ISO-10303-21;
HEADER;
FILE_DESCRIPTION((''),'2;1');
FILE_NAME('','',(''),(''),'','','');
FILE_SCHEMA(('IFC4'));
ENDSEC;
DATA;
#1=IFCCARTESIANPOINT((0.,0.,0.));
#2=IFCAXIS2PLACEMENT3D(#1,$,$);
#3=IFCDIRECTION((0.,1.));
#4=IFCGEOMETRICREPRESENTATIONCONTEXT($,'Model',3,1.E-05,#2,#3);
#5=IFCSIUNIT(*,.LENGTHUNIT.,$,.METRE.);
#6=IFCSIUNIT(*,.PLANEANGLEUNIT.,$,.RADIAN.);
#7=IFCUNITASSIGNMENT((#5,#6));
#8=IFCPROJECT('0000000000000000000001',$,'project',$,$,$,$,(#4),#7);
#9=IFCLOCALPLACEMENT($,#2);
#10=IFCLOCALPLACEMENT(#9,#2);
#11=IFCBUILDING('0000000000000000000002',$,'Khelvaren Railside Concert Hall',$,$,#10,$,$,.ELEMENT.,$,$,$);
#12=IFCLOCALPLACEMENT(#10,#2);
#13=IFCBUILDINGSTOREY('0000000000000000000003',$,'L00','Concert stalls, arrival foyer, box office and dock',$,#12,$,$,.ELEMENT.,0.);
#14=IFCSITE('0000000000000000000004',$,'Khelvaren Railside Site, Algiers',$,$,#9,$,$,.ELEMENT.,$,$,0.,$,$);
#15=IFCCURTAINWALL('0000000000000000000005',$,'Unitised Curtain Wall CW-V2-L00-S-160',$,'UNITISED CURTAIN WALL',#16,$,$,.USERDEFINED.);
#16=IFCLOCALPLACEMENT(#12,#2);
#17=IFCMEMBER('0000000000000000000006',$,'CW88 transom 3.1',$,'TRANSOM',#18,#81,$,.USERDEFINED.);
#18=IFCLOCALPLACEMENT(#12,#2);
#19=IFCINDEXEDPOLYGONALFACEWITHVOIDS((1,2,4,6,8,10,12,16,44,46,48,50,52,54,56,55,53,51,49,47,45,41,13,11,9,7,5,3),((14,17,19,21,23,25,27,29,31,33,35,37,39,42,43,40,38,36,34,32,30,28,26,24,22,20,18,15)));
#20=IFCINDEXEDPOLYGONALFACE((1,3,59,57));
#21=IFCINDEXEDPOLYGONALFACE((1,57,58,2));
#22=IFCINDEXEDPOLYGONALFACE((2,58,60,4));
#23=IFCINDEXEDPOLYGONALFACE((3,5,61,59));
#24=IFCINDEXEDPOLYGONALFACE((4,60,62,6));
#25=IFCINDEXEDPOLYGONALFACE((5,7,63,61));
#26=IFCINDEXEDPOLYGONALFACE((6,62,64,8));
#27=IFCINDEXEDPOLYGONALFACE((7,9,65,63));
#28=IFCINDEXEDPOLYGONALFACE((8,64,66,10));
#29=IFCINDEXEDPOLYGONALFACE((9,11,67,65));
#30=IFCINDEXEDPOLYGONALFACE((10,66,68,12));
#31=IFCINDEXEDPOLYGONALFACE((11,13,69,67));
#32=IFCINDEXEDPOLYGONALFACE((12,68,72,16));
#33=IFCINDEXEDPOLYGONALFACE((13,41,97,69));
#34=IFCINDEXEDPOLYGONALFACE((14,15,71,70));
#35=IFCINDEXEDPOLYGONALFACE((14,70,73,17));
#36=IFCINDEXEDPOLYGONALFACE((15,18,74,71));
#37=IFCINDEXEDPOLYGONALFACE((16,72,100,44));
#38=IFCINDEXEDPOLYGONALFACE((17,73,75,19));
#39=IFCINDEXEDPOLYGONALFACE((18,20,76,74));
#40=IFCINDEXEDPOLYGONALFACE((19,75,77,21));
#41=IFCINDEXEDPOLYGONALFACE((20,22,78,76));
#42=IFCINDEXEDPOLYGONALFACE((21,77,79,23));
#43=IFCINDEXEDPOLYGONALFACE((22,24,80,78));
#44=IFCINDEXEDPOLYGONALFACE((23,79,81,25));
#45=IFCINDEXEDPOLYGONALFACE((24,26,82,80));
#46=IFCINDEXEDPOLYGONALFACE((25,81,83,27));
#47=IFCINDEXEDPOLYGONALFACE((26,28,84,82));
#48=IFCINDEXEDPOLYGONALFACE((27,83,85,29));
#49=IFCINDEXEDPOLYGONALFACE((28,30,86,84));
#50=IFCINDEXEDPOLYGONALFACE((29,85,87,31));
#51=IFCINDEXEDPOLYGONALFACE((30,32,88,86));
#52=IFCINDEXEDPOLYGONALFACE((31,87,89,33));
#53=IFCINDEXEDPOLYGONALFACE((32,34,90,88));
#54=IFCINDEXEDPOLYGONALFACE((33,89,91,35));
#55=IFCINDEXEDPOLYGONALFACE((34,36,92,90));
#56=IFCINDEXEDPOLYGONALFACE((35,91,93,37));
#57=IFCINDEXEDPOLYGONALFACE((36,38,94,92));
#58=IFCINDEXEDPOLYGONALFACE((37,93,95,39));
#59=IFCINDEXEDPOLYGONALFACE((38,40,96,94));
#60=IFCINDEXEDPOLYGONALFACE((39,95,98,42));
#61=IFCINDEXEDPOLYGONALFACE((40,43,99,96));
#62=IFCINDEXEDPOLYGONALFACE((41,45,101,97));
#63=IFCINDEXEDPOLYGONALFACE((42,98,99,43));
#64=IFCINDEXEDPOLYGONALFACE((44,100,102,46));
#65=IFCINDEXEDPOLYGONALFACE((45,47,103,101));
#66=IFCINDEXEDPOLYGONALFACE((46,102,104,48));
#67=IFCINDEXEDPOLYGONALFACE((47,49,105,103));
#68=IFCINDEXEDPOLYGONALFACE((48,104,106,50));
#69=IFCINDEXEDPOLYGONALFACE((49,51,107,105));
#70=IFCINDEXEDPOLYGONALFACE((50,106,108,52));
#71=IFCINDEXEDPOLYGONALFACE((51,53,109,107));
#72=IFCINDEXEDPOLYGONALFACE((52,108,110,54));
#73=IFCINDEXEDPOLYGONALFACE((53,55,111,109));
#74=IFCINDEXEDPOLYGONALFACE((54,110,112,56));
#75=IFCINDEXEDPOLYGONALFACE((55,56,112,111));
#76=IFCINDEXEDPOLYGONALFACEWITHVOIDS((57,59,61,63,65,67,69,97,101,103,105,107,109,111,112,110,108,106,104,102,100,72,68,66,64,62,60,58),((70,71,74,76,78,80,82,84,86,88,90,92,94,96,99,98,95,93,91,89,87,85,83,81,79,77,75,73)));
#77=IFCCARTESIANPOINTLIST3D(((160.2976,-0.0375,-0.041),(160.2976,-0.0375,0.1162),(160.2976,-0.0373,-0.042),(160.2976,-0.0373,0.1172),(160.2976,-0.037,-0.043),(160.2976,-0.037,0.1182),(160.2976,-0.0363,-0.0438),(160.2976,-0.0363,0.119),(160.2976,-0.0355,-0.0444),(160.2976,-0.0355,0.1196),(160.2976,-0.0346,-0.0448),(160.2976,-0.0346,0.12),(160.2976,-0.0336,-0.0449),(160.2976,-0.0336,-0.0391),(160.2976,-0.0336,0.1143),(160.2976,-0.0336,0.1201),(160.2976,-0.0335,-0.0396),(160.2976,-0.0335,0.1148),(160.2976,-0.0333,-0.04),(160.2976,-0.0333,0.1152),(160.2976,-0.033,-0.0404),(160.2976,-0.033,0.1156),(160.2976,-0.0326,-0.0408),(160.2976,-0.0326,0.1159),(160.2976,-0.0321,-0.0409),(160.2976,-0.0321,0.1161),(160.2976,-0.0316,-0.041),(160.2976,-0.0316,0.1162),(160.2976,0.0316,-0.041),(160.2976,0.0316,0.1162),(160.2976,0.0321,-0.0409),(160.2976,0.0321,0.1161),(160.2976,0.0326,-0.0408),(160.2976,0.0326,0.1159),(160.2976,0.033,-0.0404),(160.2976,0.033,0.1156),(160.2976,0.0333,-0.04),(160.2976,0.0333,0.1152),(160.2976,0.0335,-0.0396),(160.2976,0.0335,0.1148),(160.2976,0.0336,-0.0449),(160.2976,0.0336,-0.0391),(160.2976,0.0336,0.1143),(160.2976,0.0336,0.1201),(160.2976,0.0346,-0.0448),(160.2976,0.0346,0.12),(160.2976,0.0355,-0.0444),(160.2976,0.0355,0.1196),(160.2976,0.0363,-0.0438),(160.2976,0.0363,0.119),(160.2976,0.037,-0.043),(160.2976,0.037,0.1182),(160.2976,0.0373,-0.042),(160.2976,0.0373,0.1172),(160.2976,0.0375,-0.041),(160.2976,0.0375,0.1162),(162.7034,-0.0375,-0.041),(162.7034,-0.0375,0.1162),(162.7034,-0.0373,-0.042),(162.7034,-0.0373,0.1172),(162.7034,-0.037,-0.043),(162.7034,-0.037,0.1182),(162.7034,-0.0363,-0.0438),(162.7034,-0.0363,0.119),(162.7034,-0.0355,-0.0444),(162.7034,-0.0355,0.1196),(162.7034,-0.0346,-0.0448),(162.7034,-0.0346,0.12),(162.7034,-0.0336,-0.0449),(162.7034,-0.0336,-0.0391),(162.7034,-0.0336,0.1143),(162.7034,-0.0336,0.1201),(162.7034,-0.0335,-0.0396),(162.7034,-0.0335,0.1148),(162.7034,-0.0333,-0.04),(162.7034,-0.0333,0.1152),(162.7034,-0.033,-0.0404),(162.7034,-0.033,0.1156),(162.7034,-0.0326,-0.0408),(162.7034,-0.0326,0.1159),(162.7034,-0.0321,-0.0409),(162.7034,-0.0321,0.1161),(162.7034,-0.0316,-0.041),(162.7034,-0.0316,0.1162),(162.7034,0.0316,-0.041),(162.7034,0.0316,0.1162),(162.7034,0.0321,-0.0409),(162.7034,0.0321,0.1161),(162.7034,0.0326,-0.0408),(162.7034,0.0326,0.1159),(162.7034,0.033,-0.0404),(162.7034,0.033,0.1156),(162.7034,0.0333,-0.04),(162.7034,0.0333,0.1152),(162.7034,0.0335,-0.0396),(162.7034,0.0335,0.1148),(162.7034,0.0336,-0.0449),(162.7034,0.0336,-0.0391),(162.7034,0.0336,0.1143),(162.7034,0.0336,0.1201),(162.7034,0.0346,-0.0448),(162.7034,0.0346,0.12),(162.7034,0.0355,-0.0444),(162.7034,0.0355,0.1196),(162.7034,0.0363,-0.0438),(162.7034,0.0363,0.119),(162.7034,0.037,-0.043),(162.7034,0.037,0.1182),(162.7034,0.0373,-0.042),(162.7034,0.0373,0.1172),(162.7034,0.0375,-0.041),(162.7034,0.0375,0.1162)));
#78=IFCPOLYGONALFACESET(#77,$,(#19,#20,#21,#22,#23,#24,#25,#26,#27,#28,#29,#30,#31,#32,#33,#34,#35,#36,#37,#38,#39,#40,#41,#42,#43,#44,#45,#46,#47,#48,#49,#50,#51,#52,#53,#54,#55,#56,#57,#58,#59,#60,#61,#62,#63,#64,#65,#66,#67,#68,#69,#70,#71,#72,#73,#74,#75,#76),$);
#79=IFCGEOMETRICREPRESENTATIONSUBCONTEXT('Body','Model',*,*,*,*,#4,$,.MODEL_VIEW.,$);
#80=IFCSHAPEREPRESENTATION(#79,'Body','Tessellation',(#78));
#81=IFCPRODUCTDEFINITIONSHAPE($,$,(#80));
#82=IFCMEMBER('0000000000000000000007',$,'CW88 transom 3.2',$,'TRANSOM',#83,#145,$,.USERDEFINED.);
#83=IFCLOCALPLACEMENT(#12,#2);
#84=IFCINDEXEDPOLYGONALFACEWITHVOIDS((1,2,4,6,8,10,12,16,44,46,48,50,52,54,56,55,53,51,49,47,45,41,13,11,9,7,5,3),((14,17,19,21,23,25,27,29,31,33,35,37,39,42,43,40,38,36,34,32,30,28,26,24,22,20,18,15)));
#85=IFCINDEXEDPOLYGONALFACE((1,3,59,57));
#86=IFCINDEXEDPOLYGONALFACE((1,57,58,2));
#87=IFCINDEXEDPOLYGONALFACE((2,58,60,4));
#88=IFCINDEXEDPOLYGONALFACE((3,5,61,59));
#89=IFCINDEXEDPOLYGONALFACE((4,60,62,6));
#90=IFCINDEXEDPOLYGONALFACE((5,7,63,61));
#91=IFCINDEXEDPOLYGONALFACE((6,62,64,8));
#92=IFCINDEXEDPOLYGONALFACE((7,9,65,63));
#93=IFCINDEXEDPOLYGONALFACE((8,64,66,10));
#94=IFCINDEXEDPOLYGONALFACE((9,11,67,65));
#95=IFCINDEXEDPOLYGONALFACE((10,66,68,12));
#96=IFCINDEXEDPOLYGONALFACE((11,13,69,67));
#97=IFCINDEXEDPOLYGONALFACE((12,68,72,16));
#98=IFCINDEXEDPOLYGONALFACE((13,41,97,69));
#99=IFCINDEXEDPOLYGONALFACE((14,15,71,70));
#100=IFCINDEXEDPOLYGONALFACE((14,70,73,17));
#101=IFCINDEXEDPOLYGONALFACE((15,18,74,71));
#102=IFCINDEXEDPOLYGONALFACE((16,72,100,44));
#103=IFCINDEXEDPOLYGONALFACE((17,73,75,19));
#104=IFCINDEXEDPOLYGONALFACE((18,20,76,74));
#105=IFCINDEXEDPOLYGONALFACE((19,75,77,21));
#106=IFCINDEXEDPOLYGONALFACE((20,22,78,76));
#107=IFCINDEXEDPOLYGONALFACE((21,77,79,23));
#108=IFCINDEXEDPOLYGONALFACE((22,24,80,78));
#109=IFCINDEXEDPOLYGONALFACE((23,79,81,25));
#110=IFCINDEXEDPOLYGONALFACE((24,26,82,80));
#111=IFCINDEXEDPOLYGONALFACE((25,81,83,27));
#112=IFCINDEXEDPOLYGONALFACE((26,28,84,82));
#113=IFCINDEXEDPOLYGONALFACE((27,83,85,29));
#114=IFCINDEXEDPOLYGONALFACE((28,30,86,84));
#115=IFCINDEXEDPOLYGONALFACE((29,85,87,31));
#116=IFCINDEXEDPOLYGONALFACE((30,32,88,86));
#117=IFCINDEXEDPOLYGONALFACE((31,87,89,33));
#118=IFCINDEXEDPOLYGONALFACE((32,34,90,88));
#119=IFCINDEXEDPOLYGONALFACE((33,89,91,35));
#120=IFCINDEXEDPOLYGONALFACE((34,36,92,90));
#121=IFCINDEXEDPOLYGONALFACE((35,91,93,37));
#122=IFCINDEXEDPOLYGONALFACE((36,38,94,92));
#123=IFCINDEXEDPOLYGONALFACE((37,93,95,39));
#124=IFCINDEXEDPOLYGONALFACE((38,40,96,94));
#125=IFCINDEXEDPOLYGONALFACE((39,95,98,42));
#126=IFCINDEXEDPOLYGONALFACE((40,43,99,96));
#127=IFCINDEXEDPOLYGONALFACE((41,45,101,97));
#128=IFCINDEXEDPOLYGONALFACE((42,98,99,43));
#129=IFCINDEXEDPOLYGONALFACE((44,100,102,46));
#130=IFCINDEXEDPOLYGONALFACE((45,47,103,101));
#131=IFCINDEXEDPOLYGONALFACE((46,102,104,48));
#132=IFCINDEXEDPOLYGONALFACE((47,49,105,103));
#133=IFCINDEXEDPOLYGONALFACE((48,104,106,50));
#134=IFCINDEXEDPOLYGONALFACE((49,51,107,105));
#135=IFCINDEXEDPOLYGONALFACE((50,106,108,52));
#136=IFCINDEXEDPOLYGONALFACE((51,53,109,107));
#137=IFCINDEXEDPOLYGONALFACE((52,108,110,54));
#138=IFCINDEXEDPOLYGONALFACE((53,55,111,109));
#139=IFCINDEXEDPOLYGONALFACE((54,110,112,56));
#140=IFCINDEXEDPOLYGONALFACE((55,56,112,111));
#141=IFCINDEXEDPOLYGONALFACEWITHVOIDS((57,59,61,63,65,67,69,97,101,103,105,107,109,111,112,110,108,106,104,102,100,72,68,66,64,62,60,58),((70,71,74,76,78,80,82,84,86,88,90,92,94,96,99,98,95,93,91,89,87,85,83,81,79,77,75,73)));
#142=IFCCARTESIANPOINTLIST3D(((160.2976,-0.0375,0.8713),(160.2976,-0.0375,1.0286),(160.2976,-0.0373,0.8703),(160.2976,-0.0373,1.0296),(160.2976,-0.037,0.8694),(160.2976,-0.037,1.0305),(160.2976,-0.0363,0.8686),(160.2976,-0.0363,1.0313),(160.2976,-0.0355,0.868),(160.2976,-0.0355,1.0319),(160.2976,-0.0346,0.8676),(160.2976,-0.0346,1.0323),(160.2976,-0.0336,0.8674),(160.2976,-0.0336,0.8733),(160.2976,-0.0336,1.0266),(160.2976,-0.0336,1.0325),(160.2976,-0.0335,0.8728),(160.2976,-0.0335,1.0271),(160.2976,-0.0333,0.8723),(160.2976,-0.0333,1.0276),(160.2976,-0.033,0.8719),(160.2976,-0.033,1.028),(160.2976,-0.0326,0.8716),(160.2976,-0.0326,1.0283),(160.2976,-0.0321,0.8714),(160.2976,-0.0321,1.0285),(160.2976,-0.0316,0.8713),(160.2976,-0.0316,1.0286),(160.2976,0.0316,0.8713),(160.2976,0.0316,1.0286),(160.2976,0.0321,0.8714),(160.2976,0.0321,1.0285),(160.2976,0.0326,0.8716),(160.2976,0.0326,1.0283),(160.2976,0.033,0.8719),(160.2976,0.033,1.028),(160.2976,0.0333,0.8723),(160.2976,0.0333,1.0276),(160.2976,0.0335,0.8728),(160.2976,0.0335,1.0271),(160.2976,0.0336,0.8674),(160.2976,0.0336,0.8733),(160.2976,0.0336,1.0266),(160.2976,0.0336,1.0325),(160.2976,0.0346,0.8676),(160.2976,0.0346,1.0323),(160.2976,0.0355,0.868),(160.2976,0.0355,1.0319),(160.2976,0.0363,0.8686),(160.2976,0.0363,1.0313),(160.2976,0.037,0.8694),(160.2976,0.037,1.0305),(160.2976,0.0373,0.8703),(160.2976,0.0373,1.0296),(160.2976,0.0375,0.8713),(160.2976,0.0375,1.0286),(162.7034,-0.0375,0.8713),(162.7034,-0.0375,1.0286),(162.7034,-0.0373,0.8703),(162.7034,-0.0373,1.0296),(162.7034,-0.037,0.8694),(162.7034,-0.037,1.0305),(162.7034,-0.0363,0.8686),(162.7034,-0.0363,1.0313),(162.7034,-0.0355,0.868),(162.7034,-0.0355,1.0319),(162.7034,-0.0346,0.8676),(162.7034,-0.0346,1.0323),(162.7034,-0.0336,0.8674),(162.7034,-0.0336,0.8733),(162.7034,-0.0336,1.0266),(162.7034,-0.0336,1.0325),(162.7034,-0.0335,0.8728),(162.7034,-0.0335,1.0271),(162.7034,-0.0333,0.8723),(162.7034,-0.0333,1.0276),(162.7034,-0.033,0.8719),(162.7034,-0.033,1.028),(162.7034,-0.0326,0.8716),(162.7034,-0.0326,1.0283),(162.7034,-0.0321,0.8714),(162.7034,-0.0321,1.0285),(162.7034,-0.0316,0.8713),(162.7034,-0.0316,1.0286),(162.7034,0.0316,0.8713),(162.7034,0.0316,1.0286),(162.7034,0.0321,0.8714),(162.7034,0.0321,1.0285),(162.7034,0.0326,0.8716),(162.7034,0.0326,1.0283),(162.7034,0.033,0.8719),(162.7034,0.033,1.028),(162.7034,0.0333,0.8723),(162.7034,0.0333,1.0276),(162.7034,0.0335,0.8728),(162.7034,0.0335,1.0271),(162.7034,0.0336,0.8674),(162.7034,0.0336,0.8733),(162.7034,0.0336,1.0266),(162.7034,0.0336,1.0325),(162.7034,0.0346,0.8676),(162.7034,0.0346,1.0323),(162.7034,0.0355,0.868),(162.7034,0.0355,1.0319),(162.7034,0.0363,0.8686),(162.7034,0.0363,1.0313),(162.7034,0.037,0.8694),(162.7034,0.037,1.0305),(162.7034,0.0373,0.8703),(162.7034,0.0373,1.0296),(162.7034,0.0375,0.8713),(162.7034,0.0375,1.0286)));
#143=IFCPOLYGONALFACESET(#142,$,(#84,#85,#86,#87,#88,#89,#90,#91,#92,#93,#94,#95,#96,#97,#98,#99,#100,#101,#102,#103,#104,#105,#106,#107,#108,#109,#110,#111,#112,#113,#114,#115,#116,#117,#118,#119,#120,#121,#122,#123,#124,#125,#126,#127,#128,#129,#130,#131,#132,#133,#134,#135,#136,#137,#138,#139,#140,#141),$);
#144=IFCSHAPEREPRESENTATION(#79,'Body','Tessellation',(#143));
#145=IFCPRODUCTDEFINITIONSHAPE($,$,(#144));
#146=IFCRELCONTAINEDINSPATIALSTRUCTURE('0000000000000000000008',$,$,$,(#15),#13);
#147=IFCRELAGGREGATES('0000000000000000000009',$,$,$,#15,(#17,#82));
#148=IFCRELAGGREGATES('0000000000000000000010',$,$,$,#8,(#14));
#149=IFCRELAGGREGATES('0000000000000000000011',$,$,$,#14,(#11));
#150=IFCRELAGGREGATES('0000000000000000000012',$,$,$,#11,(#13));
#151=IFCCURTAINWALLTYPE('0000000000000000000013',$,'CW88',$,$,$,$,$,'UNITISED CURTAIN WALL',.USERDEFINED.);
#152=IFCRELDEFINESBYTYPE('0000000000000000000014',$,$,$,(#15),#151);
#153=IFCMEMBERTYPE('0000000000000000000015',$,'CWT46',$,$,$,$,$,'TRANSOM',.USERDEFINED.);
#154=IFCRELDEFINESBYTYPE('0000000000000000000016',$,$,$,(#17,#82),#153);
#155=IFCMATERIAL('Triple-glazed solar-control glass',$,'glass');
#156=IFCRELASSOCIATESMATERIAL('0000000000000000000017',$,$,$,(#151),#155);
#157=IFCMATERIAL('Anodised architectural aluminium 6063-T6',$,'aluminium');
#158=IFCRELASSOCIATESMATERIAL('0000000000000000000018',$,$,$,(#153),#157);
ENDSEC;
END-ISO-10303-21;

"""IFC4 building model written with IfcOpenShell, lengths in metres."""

from ifc_helpers import new_model, si_unit, direction, frame, origin, origin_2d, place, context, subcontext, project, spatial, hollow_rectangle, extrude, material, material_profile, profile_set, type_object, element, aggregate, save


model = new_model("IFC4")

# Units and contexts
model_context = context("Model", 3, precision=1e-05, world=origin(), true_north=direction((0.0, 1.0)))
body_context = subcontext(model_context, "Body", "Model", "MODEL_VIEW")
ifc_project = project(units=[si_unit("LENGTHUNIT", "METRE"), si_unit("PLANEANGLEUNIT", "RADIAN")], contexts=[model_context])

# Site, building, storey
site_placement = place(None, origin())
site = spatial("IfcSite", under=ifc_project, at=site_placement, Name="Khelvaren Railside Site, Algiers", CompositionType="ELEMENT", RefElevation=0.0)
building_placement = place(site_placement, origin())
building = spatial("IfcBuilding", under=site, at=building_placement, Name="Khelvaren Railside Concert Hall", CompositionType="ELEMENT")
storey_placement = place(building_placement, origin())
storey = spatial("IfcBuildingStorey", under=building, at=storey_placement, Name="L00", Description="Concert stalls, arrival foyer, box office and dock", CompositionType="ELEMENT", Elevation=0.0)

# Curtain wall, members
ifc_material_1 = material(Name="Triple-glazed solar-control glass", Category="glass")
curtain_wall_type = type_object("IfcCurtainWallType", Name="CW88", ElementType="UNITISED CURTAIN WALL", PredefinedType="USERDEFINED", material=ifc_material_1)
curtain_wall_placement = place(storey_placement, origin())
curtain_wall = element("IfcCurtainWall", 1, at=curtain_wall_placement, inside=storey, type_object=curtain_wall_type, Name="Unitised Curtain Wall CW-V2-L00-S-160", ObjectType="UNITISED CURTAIN WALL", PredefinedType="USERDEFINED")
ifc_material_2 = material(Name="Anodised architectural aluminium 6063-T6", Category="aluminium")
ifc_material_profile_1 = material_profile(ifc_material_2, hollow_rectangle(XDim=0.075, YDim=0.165, WallThickness=0.0039, InnerFilletRadius=0.002, OuterFilletRadius=0.0039, at=origin_2d()), Name="CWT 75x165x4")
ifc_profile_set_1 = profile_set([ifc_material_profile_1], Name="Anodised architectural aluminium 6063-T6")
member_type_1 = type_object("IfcMemberType", Name="CWT46", ElementType="TRANSOM", PredefinedType="USERDEFINED", material=ifc_profile_set_1)
member_1_placement = place(storey_placement, frame((162.7034, 0.0, 0.0376), z_axis=(-1.0, 0.0, 0.0), x_axis=(0.0, -1.0, 0.0)))
member_1 = element("IfcMember", 2, at=member_1_placement, type_object=member_type_1, Name="CW88 transom 3.1", ObjectType="TRANSOM", PredefinedType="USERDEFINED", context=body_context, shape_type="SweptSolid", body=[
    extrude(hollow_rectangle(XDim=0.075, YDim=0.165, WallThickness=0.0039, InnerFilletRadius=0.002, OuterFilletRadius=0.0039, at=origin_2d()), origin(), (0.0, 0.0, 1.0), 2.4058),
])
member_2_placement = place(storey_placement, frame((162.7034, 0.0, 0.95), z_axis=(-1.0, 0.0, 0.0), x_axis=(0.0, -1.0, 0.0)))
member_2 = element("IfcMember", 3, at=member_2_placement, type_object=member_type_1, Name="CW88 transom 3.2", ObjectType="TRANSOM", PredefinedType="USERDEFINED", context=body_context, shape_type="SweptSolid", body=[
    extrude(hollow_rectangle(XDim=0.075, YDim=0.165, WallThickness=0.0039, InnerFilletRadius=0.002, OuterFilletRadius=0.0039, at=origin_2d()), origin(), (0.0, 0.0, 1.0), 2.4058),
])

aggregate(curtain_wall, [member_1, member_2])

save(model, "model.ifc")
